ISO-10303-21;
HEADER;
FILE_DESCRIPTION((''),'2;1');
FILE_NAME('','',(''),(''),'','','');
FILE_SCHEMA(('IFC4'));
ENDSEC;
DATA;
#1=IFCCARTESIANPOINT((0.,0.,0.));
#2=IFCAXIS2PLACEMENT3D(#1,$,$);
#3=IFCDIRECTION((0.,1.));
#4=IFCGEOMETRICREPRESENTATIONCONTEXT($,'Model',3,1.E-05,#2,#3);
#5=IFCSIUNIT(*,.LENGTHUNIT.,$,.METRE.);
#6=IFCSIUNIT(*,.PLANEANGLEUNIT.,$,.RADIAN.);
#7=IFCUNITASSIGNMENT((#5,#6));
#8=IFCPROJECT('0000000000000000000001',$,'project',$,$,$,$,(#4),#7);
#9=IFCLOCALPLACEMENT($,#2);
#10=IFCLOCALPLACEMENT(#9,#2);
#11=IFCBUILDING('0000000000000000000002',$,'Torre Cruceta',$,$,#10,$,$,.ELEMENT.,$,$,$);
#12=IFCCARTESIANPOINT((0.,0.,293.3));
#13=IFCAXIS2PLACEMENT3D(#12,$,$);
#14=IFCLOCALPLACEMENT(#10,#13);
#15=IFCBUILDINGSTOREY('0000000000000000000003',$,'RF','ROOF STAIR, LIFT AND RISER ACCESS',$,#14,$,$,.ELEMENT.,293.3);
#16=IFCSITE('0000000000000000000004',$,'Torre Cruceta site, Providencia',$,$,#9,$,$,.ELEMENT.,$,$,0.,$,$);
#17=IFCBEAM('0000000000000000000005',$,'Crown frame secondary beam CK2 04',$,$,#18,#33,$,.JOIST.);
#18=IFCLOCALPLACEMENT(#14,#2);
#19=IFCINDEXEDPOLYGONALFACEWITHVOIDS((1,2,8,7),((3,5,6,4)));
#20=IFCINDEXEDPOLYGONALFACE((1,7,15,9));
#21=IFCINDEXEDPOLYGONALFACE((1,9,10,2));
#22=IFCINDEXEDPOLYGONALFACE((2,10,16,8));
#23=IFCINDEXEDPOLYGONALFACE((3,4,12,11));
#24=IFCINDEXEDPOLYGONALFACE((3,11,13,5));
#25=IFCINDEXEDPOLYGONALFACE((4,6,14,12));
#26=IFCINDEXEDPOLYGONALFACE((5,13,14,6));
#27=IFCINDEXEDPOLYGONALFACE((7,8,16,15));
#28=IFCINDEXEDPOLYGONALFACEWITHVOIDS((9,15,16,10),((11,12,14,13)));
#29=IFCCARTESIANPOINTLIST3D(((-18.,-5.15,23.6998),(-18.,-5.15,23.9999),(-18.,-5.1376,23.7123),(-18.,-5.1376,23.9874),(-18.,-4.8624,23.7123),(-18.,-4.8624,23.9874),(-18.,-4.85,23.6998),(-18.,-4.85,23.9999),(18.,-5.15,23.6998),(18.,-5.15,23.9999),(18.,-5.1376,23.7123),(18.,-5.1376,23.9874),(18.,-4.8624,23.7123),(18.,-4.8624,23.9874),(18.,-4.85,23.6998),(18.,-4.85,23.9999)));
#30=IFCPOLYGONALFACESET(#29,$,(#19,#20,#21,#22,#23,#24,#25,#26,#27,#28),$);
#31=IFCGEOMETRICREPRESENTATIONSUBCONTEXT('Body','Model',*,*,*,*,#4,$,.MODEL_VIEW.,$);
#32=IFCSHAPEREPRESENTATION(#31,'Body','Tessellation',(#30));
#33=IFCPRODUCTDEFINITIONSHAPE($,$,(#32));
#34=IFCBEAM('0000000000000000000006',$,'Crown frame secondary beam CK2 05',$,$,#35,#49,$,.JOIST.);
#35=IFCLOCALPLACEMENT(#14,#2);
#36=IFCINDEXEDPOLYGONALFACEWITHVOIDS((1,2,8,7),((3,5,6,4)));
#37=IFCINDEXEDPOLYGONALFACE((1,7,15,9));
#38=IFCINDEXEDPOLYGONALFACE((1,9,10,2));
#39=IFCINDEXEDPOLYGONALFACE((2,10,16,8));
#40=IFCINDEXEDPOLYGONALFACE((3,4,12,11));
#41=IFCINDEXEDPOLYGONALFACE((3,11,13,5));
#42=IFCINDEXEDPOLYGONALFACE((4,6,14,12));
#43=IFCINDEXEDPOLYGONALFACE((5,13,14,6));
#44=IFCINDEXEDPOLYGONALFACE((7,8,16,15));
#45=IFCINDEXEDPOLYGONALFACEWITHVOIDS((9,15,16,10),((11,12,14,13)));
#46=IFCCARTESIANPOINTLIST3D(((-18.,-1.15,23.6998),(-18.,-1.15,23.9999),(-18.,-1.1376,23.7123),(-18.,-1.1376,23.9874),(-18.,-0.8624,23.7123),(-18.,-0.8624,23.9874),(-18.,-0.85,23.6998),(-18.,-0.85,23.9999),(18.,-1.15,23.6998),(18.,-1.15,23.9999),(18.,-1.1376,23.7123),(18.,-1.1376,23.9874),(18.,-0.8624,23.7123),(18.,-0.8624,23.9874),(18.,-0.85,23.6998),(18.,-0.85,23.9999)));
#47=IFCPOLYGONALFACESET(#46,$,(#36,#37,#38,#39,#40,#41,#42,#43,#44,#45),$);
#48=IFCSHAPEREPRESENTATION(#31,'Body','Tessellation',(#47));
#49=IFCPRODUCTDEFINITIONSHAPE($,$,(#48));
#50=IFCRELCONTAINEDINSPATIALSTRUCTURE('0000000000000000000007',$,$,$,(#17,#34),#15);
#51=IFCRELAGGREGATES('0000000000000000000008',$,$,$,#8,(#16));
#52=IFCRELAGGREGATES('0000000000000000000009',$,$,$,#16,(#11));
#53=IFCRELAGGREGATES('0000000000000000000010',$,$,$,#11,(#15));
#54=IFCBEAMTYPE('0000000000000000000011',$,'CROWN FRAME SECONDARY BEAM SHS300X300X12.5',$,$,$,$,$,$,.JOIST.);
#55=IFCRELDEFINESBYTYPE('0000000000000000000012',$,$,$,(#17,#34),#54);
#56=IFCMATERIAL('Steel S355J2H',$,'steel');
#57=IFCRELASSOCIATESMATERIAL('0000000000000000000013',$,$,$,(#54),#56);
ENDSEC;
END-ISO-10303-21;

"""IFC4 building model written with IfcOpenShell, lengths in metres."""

from ifc_helpers import new_model, si_unit, direction, frame, origin, origin_2d, place, context, subcontext, project, spatial, hollow_rectangle, extrude, material, material_profile, profile_set, type_object, element, save


model = new_model("IFC4")

# Units and contexts
model_context = context("Model", 3, precision=1e-05, world=origin(), true_north=direction((0.0, 1.0)))
body_context = subcontext(model_context, "Body", "Model", "MODEL_VIEW")
ifc_project = project(units=[si_unit("LENGTHUNIT", "METRE"), si_unit("PLANEANGLEUNIT", "RADIAN")], contexts=[model_context])

# Site, building, storey
site_placement = place(None, origin())
site = spatial("IfcSite", under=ifc_project, at=site_placement, Name="Torre Cruceta site, Providencia", CompositionType="ELEMENT", RefElevation=0.0)
building_placement = place(site_placement, origin())
building = spatial("IfcBuilding", under=site, at=building_placement, Name="Torre Cruceta", CompositionType="ELEMENT")
storey_placement = place(building_placement, frame((0.0, 0.0, 293.3)))
storey = spatial("IfcBuildingStorey", under=building, at=storey_placement, Name="RF", Description="ROOF STAIR, LIFT AND RISER ACCESS", CompositionType="ELEMENT", Elevation=293.3)

# Beams
ifc_material_1 = material(Name="Steel S355J2H", Category="steel")
ifc_material_profile_1 = material_profile(ifc_material_1, hollow_rectangle(XDim=0.3, YDim=0.3, WallThickness=0.0125, at=origin_2d()), Name="SHS300X300X12.5")
ifc_profile_set_1 = profile_set([ifc_material_profile_1], Name="Steel S355J2H")
beam_type_1 = type_object("IfcBeamType", Name="CROWN FRAME SECONDARY BEAM SHS300X300X12.5", PredefinedType="JOIST", material=ifc_profile_set_1)
for number, where, z_axis, x_axis, name in (
    (1, (-18.0, -5.0, 23.8499), (1.0, 0.0, 0.0), (0.0, 1.0, 0.0), "Crown frame secondary beam CK2 04"),
    (2, (-18.0, -1.0, 23.8499), (1.0, 0.0, 0.0), (0.0, 1.0, 0.0), "Crown frame secondary beam CK2 05"),
):
    element("IfcBeam", number, at=place(storey_placement, frame(where, z_axis=z_axis, x_axis=x_axis)), inside=storey, type_object=beam_type_1, Name=name, PredefinedType="JOIST", context=body_context, shape_type="SweptSolid", body=[
        extrude(hollow_rectangle(XDim=0.3, YDim=0.3, WallThickness=0.0125, at=origin_2d()), origin(), (0.0, 0.0, 1.0), 36.0),
    ])

save(model, "model.ifc")
